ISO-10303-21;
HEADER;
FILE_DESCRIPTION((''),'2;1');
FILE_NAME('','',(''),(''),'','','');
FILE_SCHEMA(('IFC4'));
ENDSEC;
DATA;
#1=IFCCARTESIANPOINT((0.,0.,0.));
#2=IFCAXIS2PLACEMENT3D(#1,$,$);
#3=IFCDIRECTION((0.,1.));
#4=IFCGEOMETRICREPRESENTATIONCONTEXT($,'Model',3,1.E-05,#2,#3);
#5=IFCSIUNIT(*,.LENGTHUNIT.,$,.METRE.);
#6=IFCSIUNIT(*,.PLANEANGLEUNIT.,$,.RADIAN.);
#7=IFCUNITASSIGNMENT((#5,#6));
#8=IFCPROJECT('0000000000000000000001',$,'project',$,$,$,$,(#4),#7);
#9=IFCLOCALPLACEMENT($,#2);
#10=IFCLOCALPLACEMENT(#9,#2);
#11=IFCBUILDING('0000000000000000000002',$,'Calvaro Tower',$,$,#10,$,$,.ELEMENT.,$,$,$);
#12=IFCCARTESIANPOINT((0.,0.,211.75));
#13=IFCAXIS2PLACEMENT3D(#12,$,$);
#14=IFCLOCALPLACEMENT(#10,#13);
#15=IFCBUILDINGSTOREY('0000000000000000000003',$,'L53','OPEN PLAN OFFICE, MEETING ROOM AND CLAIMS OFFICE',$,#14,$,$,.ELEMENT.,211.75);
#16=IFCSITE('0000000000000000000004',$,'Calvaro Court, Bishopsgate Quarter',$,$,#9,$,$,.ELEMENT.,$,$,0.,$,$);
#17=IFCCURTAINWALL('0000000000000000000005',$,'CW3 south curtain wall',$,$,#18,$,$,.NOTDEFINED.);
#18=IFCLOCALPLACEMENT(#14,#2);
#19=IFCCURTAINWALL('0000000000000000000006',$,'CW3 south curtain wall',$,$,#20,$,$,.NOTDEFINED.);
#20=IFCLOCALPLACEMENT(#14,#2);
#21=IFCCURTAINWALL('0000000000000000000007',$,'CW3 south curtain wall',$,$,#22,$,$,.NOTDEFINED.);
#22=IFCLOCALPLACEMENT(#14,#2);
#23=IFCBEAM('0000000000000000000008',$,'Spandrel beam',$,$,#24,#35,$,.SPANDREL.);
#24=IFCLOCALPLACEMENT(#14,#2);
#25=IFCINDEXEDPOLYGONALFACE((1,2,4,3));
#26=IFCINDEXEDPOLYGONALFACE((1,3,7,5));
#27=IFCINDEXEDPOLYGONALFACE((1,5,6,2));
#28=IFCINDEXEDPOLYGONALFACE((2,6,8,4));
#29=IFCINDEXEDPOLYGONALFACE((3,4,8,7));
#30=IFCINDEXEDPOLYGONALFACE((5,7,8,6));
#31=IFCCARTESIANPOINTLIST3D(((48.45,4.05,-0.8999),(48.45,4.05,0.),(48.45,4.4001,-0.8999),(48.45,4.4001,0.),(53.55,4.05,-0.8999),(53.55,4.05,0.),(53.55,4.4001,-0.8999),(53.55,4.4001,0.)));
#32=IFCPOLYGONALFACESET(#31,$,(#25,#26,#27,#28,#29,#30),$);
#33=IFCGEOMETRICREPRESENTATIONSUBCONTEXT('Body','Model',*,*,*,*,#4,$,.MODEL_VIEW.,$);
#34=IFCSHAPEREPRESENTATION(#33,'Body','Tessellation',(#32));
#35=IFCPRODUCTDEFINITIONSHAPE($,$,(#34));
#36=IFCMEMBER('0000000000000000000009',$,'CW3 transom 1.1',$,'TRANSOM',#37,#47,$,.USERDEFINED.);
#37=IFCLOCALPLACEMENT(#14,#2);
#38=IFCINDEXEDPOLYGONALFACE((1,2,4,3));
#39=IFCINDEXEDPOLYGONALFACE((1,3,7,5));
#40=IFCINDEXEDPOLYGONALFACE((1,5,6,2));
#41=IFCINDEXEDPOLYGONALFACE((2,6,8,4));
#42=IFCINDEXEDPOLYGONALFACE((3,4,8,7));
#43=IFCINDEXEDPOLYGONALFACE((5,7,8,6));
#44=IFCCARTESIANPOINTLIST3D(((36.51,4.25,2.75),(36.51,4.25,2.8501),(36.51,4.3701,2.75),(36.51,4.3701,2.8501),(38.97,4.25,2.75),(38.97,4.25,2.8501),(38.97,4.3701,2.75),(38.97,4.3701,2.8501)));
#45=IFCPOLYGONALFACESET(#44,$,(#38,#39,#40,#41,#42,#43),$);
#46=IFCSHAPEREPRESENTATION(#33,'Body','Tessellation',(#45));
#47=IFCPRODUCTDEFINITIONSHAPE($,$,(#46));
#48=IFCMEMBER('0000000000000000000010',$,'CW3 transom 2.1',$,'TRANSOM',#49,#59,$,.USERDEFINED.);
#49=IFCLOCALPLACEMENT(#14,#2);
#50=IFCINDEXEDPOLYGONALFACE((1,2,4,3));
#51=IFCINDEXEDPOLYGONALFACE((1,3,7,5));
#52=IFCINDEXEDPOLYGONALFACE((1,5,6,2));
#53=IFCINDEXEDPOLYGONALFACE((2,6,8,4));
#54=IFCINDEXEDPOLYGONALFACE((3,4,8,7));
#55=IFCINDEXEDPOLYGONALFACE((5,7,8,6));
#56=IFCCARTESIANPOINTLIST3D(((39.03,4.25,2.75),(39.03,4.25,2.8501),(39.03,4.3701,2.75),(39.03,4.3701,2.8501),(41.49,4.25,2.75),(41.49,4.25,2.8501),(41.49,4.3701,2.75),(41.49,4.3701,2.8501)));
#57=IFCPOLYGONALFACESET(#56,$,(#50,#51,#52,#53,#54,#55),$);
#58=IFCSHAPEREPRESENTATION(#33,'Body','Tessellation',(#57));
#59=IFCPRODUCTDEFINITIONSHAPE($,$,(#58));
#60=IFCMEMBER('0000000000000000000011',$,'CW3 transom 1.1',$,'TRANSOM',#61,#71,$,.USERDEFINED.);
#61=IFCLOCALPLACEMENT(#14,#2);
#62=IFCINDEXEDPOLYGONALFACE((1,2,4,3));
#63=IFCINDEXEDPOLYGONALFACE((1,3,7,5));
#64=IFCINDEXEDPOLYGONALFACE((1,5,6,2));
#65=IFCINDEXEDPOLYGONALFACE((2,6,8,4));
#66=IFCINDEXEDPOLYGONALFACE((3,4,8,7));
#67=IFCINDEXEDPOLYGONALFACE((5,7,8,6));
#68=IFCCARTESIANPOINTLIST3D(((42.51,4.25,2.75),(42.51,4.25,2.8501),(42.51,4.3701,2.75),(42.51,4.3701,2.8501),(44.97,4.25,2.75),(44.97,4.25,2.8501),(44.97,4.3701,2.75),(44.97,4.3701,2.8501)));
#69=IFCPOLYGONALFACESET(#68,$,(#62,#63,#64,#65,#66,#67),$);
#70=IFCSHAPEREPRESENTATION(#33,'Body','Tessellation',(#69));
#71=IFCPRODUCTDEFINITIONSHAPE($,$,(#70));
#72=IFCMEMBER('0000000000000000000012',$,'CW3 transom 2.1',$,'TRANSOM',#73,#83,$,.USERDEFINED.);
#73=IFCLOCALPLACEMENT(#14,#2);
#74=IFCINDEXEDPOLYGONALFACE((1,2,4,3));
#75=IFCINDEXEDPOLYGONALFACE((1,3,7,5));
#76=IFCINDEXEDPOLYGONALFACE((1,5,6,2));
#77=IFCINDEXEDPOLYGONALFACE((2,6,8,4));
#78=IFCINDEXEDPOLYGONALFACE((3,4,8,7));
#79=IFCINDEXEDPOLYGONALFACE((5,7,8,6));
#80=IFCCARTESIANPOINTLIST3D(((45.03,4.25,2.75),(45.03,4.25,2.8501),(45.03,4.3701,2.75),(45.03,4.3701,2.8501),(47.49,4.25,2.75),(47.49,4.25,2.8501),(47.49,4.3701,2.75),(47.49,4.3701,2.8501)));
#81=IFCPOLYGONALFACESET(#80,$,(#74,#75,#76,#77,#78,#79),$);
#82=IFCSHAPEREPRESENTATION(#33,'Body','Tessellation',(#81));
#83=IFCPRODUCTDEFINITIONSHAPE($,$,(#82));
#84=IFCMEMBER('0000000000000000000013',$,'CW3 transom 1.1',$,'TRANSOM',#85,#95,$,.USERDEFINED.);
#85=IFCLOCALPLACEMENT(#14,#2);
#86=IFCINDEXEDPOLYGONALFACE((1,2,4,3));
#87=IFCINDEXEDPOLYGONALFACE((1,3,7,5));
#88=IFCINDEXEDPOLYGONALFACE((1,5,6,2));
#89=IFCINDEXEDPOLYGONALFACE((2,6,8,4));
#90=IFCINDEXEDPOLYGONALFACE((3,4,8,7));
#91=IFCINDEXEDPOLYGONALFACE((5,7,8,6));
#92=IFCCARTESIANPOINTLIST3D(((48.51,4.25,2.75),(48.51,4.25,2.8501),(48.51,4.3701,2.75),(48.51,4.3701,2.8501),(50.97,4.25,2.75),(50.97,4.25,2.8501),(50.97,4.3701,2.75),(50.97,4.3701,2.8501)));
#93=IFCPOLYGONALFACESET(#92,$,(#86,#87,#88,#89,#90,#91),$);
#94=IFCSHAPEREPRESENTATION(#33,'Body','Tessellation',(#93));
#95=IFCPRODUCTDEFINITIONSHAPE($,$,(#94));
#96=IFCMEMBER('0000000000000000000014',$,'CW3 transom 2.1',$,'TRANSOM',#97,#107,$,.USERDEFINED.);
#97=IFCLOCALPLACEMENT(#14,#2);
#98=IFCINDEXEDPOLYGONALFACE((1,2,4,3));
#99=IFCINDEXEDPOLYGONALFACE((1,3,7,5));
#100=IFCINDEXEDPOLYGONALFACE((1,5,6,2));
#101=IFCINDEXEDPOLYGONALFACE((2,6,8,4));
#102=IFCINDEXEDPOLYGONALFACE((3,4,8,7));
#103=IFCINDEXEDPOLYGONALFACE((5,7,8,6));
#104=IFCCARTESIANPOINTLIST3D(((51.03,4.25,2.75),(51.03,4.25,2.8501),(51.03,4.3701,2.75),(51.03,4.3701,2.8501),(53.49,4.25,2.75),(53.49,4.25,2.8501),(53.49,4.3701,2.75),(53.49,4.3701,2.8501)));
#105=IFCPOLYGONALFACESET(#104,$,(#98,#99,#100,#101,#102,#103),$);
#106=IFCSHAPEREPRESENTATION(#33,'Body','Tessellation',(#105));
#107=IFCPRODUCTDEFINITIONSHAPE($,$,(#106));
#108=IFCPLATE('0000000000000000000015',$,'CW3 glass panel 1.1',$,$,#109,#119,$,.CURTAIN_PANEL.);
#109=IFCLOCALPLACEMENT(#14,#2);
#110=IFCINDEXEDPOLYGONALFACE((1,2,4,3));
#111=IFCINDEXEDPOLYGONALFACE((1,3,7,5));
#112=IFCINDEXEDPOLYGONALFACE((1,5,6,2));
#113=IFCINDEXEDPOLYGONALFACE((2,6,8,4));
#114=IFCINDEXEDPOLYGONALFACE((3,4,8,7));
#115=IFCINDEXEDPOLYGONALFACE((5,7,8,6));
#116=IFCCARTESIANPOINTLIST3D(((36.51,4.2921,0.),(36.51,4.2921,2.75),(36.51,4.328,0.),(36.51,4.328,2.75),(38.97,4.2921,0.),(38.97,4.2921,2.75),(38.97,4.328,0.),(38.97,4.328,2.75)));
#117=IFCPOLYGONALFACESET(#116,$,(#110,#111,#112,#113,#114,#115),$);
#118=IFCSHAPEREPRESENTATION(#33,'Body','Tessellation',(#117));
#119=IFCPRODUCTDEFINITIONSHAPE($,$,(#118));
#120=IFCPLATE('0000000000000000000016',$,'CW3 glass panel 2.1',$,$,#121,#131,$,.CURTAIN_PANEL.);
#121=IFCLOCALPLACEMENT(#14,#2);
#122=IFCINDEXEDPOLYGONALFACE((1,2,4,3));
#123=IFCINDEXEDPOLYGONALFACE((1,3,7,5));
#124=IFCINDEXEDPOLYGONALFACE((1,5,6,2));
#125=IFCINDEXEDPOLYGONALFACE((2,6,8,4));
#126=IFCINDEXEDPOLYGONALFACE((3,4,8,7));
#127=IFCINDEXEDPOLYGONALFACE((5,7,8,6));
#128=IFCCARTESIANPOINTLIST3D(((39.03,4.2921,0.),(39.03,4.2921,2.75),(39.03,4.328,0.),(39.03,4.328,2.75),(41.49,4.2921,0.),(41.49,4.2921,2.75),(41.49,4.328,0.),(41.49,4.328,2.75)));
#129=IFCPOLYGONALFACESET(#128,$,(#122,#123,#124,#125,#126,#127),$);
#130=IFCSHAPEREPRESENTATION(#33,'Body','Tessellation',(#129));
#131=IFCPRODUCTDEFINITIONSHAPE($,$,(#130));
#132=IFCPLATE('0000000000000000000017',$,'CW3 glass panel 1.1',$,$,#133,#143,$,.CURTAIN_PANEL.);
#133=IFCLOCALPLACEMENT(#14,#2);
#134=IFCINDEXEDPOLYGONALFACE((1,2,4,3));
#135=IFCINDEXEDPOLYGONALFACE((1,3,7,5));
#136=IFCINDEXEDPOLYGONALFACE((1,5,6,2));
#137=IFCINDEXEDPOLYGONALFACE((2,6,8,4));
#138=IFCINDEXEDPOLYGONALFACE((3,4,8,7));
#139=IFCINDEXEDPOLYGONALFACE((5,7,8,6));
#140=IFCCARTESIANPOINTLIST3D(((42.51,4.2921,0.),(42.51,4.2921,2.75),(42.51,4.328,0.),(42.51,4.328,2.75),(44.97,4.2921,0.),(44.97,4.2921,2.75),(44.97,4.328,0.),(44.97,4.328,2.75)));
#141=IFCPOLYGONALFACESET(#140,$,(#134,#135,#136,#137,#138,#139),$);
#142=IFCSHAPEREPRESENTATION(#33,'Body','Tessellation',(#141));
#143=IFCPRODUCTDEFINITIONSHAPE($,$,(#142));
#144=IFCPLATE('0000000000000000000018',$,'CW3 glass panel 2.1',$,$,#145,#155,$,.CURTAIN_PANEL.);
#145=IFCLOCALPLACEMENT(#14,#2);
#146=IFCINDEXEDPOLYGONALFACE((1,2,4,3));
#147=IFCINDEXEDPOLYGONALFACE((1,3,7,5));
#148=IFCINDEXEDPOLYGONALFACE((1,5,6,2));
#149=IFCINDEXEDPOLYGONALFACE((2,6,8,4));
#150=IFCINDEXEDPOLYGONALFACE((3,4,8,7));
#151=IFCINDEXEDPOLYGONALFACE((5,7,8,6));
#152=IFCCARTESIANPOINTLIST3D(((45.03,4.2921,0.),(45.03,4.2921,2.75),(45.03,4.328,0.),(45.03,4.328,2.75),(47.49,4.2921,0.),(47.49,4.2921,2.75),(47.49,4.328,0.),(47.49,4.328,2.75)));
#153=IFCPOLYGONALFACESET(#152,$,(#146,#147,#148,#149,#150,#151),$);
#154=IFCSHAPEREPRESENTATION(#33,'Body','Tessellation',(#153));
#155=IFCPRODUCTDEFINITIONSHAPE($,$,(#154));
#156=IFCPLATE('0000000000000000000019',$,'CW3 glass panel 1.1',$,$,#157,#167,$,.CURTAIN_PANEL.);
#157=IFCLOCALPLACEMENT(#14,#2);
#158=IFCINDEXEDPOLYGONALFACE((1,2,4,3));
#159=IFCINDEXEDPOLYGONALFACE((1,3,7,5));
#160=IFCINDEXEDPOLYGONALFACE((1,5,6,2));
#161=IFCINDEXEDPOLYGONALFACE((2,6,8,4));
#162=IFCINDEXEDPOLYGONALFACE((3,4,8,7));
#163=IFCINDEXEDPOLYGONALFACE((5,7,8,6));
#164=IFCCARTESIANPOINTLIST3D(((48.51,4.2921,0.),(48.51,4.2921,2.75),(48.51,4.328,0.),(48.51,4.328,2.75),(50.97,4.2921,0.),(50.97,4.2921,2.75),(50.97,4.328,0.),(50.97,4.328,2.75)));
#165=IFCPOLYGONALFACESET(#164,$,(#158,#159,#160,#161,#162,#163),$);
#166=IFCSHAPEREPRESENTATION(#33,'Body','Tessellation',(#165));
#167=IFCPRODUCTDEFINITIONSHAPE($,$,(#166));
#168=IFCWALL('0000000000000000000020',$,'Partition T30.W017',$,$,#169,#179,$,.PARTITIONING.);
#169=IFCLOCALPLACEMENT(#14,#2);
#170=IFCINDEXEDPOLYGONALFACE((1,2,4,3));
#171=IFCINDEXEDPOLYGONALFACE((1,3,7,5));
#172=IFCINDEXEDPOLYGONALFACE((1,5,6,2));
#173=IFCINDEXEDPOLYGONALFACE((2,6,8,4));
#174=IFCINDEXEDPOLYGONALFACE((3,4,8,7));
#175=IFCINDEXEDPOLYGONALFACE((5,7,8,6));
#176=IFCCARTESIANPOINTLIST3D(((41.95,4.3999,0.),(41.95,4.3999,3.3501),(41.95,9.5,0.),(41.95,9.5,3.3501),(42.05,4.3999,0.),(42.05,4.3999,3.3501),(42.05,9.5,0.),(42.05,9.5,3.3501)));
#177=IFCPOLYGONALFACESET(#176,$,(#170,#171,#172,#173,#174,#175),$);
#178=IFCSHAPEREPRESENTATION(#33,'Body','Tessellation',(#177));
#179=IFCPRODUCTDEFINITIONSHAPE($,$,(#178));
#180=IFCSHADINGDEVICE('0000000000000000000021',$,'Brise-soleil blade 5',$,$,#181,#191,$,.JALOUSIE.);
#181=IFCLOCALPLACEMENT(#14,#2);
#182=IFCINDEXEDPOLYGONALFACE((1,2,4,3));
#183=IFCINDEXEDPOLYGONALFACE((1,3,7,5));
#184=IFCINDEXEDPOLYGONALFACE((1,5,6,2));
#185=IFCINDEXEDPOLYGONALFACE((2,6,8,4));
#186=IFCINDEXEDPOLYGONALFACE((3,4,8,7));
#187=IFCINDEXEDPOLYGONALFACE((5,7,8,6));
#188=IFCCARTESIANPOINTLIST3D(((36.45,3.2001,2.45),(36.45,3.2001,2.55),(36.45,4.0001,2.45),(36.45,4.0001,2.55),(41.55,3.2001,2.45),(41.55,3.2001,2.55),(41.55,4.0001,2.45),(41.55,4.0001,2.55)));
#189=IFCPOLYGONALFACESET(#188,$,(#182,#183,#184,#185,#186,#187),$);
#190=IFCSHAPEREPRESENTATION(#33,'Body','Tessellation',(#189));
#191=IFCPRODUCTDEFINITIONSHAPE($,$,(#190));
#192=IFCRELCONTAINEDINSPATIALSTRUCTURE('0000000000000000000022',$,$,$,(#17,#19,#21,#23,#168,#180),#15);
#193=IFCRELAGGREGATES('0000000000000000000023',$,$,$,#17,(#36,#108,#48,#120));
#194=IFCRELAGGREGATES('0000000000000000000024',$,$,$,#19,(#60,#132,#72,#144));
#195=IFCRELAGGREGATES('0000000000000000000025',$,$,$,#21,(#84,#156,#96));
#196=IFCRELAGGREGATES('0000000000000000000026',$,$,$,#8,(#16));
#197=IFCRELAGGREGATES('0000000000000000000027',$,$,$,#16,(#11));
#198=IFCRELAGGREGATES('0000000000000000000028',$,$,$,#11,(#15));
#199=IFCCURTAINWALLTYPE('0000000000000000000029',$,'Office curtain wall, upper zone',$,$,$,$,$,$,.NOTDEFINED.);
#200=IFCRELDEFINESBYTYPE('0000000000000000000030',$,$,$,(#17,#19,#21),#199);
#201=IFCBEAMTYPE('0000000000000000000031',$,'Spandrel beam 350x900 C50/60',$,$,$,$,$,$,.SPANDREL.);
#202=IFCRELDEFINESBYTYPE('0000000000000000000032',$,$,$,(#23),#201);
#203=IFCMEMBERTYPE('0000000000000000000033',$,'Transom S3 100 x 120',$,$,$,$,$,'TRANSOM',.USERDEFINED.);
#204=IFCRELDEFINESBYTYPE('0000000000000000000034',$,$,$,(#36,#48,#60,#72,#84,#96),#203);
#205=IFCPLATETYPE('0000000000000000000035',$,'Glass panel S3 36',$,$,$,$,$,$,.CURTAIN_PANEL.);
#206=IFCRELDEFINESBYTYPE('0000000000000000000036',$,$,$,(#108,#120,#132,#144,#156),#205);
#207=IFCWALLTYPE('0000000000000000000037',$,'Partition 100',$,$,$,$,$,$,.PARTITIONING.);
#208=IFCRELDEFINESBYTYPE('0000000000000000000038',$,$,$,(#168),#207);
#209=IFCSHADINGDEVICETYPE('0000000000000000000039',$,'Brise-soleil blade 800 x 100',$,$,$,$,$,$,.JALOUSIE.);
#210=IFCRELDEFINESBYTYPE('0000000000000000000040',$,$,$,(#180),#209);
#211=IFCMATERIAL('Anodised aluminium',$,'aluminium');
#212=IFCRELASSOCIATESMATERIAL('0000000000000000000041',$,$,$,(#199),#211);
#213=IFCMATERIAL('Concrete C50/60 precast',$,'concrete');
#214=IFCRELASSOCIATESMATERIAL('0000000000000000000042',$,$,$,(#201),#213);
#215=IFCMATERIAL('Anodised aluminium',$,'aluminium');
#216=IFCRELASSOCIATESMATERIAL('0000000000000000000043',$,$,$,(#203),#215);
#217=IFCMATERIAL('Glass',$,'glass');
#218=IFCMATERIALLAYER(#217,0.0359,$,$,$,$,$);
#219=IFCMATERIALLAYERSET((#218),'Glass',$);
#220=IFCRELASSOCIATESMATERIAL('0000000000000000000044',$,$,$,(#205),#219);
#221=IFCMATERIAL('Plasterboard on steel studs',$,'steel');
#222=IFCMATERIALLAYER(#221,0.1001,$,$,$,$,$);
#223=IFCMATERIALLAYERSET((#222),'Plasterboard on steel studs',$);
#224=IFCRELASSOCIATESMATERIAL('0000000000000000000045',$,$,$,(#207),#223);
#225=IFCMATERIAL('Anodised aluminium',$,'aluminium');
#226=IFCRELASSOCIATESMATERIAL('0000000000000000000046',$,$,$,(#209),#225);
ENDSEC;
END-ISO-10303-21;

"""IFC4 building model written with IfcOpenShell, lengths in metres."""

from ifc_helpers import new_model, si_unit, direction, frame, frame_2d, origin, origin_2d, place, context, subcontext, project, spatial, rectangle, extrude, material, layer, layer_set, material_profile, profile_set, type_object, element, aggregate, save


model = new_model("IFC4")

# Units and contexts
model_context = context("Model", 3, precision=1e-05, world=origin(), true_north=direction((0.0, 1.0)))
body_context = subcontext(model_context, "Body", "Model", "MODEL_VIEW")
ifc_project = project(units=[si_unit("LENGTHUNIT", "METRE"), si_unit("PLANEANGLEUNIT", "RADIAN")], contexts=[model_context])

# Site, building, storey
site_placement = place(None, origin())
site = spatial("IfcSite", under=ifc_project, at=site_placement, Name="Calvaro Court, Bishopsgate Quarter", CompositionType="ELEMENT", RefElevation=0.0)
building_placement = place(site_placement, origin())
building = spatial("IfcBuilding", under=site, at=building_placement, Name="Calvaro Tower", CompositionType="ELEMENT")
storey_placement = place(building_placement, frame((0.0, 0.0, 211.75)))
storey = spatial("IfcBuildingStorey", under=building, at=storey_placement, Name="L53", Description="OPEN PLAN OFFICE, MEETING ROOM AND CLAIMS OFFICE", CompositionType="ELEMENT", Elevation=211.75)

# Shared definitions
ifc_material_1 = material(Name="Anodised aluminium", Category="aluminium")
curtain_wall_type = type_object("IfcCurtainWallType", Name="Office curtain wall, upper zone", PredefinedType="NOTDEFINED", material=ifc_material_1)

# Curtain walls
curtain_wall_1_placement = place(storey_placement, origin())
curtain_wall_1 = element("IfcCurtainWall", 1, at=curtain_wall_1_placement, inside=storey, type_object=curtain_wall_type, Name="CW3 south curtain wall", PredefinedType="NOTDEFINED")
curtain_wall_2_placement = place(storey_placement, origin())
curtain_wall_2 = element("IfcCurtainWall", 2, at=curtain_wall_2_placement, inside=storey, type_object=curtain_wall_type, Name="CW3 south curtain wall", PredefinedType="NOTDEFINED")
curtain_wall_3_placement = place(storey_placement, origin())
curtain_wall_3 = element("IfcCurtainWall", 3, at=curtain_wall_3_placement, inside=storey, type_object=curtain_wall_type, Name="CW3 south curtain wall", PredefinedType="NOTDEFINED")

# Beam
ifc_material_2 = material(Name="Concrete C50/60 precast", Category="concrete")
ifc_material_profile_1 = material_profile(ifc_material_2, rectangle(XDim=0.3501, YDim=0.8999, at=origin_2d()), Name="RC 350x900")
ifc_profile_set_1 = profile_set([ifc_material_profile_1], Name="Concrete C50/60 precast")
beam_type = type_object("IfcBeamType", Name="Spandrel beam 350x900 C50/60", PredefinedType="SPANDREL", material=ifc_profile_set_1)
for number, where, z_axis, x_axis, name in (
    (4, (48.45, 4.2251, -0.45), (1.0, 0.0, 0.0), (0.0, 1.0, 0.0), "Spandrel beam"),
):
    element("IfcBeam", number, at=place(storey_placement, frame(where, z_axis=z_axis, x_axis=x_axis)), inside=storey, type_object=beam_type, Name=name, PredefinedType="SPANDREL", context=body_context, shape_type="SweptSolid", body=[
        extrude(rectangle(XDim=0.3501, YDim=0.8999, at=origin_2d()), origin(), (0.0, 0.0, 1.0), 5.1001),
    ])

# Members
ifc_material_3 = material(Name="Anodised aluminium", Category="aluminium")
ifc_material_profile_2 = material_profile(ifc_material_3, rectangle(XDim=0.1201, YDim=0.1001, at=origin_2d()), Name="Transom S3 100 x 120")
ifc_profile_set_2 = profile_set([ifc_material_profile_2], Name="Anodised aluminium")
member_type_1 = type_object("IfcMemberType", Name="Transom S3 100 x 120", ElementType="TRANSOM", PredefinedType="USERDEFINED", material=ifc_profile_set_2)
member_1_placement = place(storey_placement, frame((36.51, 4.3101, 2.8), z_axis=(1.0, 0.0, 0.0), x_axis=(0.0, 1.0, 0.0)))
member_1 = element("IfcMember", 5, at=member_1_placement, type_object=member_type_1, Name="CW3 transom 1.1", ObjectType="TRANSOM", PredefinedType="USERDEFINED", context=body_context, shape_type="SweptSolid", body=[
    extrude(rectangle(XDim=0.1201, YDim=0.1001, at=origin_2d()), origin(), (0.0, 0.0, 1.0), 2.46),
])
member_2_placement = place(storey_placement, frame((39.03, 4.3101, 2.8), z_axis=(1.0, 0.0, 0.0), x_axis=(0.0, 1.0, 0.0)))
member_2 = element("IfcMember", 6, at=member_2_placement, type_object=member_type_1, Name="CW3 transom 2.1", ObjectType="TRANSOM", PredefinedType="USERDEFINED", context=body_context, shape_type="SweptSolid", body=[
    extrude(rectangle(XDim=0.1201, YDim=0.1001, at=origin_2d()), origin(), (0.0, 0.0, 1.0), 2.46),
])
member_3_placement = place(storey_placement, frame((42.51, 4.3101, 2.8), z_axis=(1.0, 0.0, 0.0), x_axis=(0.0, 1.0, 0.0)))
member_3 = element("IfcMember", 7, at=member_3_placement, type_object=member_type_1, Name="CW3 transom 1.1", ObjectType="TRANSOM", PredefinedType="USERDEFINED", context=body_context, shape_type="SweptSolid", body=[
    extrude(rectangle(XDim=0.1201, YDim=0.1001, at=origin_2d()), origin(), (0.0, 0.0, 1.0), 2.46),
])
member_4_placement = place(storey_placement, frame((45.03, 4.3101, 2.8), z_axis=(1.0, 0.0, 0.0), x_axis=(0.0, 1.0, 0.0)))
member_4 = element("IfcMember", 8, at=member_4_placement, type_object=member_type_1, Name="CW3 transom 2.1", ObjectType="TRANSOM", PredefinedType="USERDEFINED", context=body_context, shape_type="SweptSolid", body=[
    extrude(rectangle(XDim=0.1201, YDim=0.1001, at=origin_2d()), origin(), (0.0, 0.0, 1.0), 2.46),
])
member_5_placement = place(storey_placement, frame((48.51, 4.3101, 2.8), z_axis=(1.0, 0.0, 0.0), x_axis=(0.0, 1.0, 0.0)))
member_5 = element("IfcMember", 9, at=member_5_placement, type_object=member_type_1, Name="CW3 transom 1.1", ObjectType="TRANSOM", PredefinedType="USERDEFINED", context=body_context, shape_type="SweptSolid", body=[
    extrude(rectangle(XDim=0.1201, YDim=0.1001, at=origin_2d()), origin(), (0.0, 0.0, 1.0), 2.46),
])
member_6_placement = place(storey_placement, frame((51.03, 4.3101, 2.8), z_axis=(1.0, 0.0, 0.0), x_axis=(0.0, 1.0, 0.0)))
member_6 = element("IfcMember", 10, at=member_6_placement, type_object=member_type_1, Name="CW3 transom 2.1", ObjectType="TRANSOM", PredefinedType="USERDEFINED", context=body_context, shape_type="SweptSolid", body=[
    extrude(rectangle(XDim=0.1201, YDim=0.1001, at=origin_2d()), origin(), (0.0, 0.0, 1.0), 2.46),
])

# Plates
ifc_material_4 = material(Name="Glass", Category="glass")
ifc_layer_1 = layer(ifc_material_4, 0.0359)
ifc_layer_set_1 = layer_set([ifc_layer_1], Name="Glass")
plate_type = type_object("IfcPlateType", Name="Glass panel S3 36", PredefinedType="CURTAIN_PANEL", material=ifc_layer_set_1)
plate_1_placement = place(storey_placement, frame((37.74, 4.3101, 0.0), z_axis=(0.0, 0.0, 1.0), x_axis=(1.0, 0.0, 0.0)))
plate_1 = element("IfcPlate", 11, at=plate_1_placement, type_object=plate_type, Name="CW3 glass panel 1.1", PredefinedType="CURTAIN_PANEL", context=body_context, shape_type="SweptSolid", body=[
    extrude(rectangle(XDim=2.46, YDim=0.0359, at=origin_2d()), origin(), (0.0, 0.0, 1.0), 2.75),
])
plate_2_placement = place(storey_placement, frame((40.26, 4.3101, 0.0), z_axis=(0.0, 0.0, 1.0), x_axis=(1.0, 0.0, 0.0)))
plate_2 = element("IfcPlate", 12, at=plate_2_placement, type_object=plate_type, Name="CW3 glass panel 2.1", PredefinedType="CURTAIN_PANEL", context=body_context, shape_type="SweptSolid", body=[
    extrude(rectangle(XDim=2.46, YDim=0.0359, at=origin_2d()), origin(), (0.0, 0.0, 1.0), 2.75),
])
aggregate(curtain_wall_1, [member_1, plate_1, member_2, plate_2])
plate_3_placement = place(storey_placement, frame((43.74, 4.3101, 0.0), z_axis=(0.0, 0.0, 1.0), x_axis=(1.0, 0.0, 0.0)))
plate_3 = element("IfcPlate", 13, at=plate_3_placement, type_object=plate_type, Name="CW3 glass panel 1.1", PredefinedType="CURTAIN_PANEL", context=body_context, shape_type="SweptSolid", body=[
    extrude(rectangle(XDim=2.46, YDim=0.0359, at=origin_2d()), origin(), (0.0, 0.0, 1.0), 2.75),
])
plate_4_placement = place(storey_placement, frame((46.26, 4.3101, 0.0), z_axis=(0.0, 0.0, 1.0), x_axis=(1.0, 0.0, 0.0)))
plate_4 = element("IfcPlate", 14, at=plate_4_placement, type_object=plate_type, Name="CW3 glass panel 2.1", PredefinedType="CURTAIN_PANEL", context=body_context, shape_type="SweptSolid", body=[
    extrude(rectangle(XDim=2.46, YDim=0.0359, at=origin_2d()), origin(), (0.0, 0.0, 1.0), 2.75),
])
aggregate(curtain_wall_2, [member_3, plate_3, member_4, plate_4])
plate_5_placement = place(storey_placement, frame((49.74, 4.3101, 0.0), z_axis=(0.0, 0.0, 1.0), x_axis=(1.0, 0.0, 0.0)))
plate_5 = element("IfcPlate", 15, at=plate_5_placement, type_object=plate_type, Name="CW3 glass panel 1.1", PredefinedType="CURTAIN_PANEL", context=body_context, shape_type="SweptSolid", body=[
    extrude(rectangle(XDim=2.46, YDim=0.0359, at=origin_2d()), origin(), (0.0, 0.0, 1.0), 2.75),
])
aggregate(curtain_wall_3, [member_5, plate_5, member_6])

# Wall
ifc_material_5 = material(Name="Plasterboard on steel studs", Category="steel")
ifc_layer_2 = layer(ifc_material_5, 0.1001)
ifc_layer_set_2 = layer_set([ifc_layer_2], Name="Plasterboard on steel studs")
wall_type = type_object("IfcWallType", Name="Partition 100", PredefinedType="PARTITIONING", material=ifc_layer_set_2)
wall_placement = place(storey_placement, frame((42.0, 4.3999, 0.0), z_axis=(0.0, 0.0, 1.0), x_axis=(0.0, 1.0, 0.0)))
element("IfcWall", 16, at=wall_placement, inside=storey, type_object=wall_type, Name="Partition T30.W017", PredefinedType="PARTITIONING", context=body_context, shape_type="SweptSolid", body=[
    extrude(rectangle(XDim=5.1001, YDim=0.1001, at=frame_2d((2.55, 0.0))), origin(), (0.0, 0.0, 1.0), 3.3501),
])

# Shading device
ifc_material_6 = material(Name="Anodised aluminium", Category="aluminium")
ifc_material_profile_3 = material_profile(ifc_material_6, rectangle(XDim=0.8, YDim=0.1001, at=origin_2d()), Name="Brise-soleil blade 800 x 100")
ifc_profile_set_3 = profile_set([ifc_material_profile_3], Name="Anodised aluminium")
shading_device_type = type_object("IfcShadingDeviceType", Name="Brise-soleil blade 800 x 100", PredefinedType="JALOUSIE", material=ifc_profile_set_3)
for number, where, z_axis, x_axis, name in (
    (17, (36.45, 3.6001, 2.5), (1.0, 0.0, 0.0), (0.0, 1.0, 0.0), "Brise-soleil blade 5"),
):
    element("IfcShadingDevice", number, at=place(storey_placement, frame(where, z_axis=z_axis, x_axis=x_axis)), inside=storey, type_object=shading_device_type, Name=name, PredefinedType="JALOUSIE", context=body_context, shape_type="SweptSolid", body=[
        extrude(rectangle(XDim=0.8, YDim=0.1001, at=origin_2d()), origin(), (0.0, 0.0, 1.0), 5.1001),
    ])

save(model, "model.ifc")
